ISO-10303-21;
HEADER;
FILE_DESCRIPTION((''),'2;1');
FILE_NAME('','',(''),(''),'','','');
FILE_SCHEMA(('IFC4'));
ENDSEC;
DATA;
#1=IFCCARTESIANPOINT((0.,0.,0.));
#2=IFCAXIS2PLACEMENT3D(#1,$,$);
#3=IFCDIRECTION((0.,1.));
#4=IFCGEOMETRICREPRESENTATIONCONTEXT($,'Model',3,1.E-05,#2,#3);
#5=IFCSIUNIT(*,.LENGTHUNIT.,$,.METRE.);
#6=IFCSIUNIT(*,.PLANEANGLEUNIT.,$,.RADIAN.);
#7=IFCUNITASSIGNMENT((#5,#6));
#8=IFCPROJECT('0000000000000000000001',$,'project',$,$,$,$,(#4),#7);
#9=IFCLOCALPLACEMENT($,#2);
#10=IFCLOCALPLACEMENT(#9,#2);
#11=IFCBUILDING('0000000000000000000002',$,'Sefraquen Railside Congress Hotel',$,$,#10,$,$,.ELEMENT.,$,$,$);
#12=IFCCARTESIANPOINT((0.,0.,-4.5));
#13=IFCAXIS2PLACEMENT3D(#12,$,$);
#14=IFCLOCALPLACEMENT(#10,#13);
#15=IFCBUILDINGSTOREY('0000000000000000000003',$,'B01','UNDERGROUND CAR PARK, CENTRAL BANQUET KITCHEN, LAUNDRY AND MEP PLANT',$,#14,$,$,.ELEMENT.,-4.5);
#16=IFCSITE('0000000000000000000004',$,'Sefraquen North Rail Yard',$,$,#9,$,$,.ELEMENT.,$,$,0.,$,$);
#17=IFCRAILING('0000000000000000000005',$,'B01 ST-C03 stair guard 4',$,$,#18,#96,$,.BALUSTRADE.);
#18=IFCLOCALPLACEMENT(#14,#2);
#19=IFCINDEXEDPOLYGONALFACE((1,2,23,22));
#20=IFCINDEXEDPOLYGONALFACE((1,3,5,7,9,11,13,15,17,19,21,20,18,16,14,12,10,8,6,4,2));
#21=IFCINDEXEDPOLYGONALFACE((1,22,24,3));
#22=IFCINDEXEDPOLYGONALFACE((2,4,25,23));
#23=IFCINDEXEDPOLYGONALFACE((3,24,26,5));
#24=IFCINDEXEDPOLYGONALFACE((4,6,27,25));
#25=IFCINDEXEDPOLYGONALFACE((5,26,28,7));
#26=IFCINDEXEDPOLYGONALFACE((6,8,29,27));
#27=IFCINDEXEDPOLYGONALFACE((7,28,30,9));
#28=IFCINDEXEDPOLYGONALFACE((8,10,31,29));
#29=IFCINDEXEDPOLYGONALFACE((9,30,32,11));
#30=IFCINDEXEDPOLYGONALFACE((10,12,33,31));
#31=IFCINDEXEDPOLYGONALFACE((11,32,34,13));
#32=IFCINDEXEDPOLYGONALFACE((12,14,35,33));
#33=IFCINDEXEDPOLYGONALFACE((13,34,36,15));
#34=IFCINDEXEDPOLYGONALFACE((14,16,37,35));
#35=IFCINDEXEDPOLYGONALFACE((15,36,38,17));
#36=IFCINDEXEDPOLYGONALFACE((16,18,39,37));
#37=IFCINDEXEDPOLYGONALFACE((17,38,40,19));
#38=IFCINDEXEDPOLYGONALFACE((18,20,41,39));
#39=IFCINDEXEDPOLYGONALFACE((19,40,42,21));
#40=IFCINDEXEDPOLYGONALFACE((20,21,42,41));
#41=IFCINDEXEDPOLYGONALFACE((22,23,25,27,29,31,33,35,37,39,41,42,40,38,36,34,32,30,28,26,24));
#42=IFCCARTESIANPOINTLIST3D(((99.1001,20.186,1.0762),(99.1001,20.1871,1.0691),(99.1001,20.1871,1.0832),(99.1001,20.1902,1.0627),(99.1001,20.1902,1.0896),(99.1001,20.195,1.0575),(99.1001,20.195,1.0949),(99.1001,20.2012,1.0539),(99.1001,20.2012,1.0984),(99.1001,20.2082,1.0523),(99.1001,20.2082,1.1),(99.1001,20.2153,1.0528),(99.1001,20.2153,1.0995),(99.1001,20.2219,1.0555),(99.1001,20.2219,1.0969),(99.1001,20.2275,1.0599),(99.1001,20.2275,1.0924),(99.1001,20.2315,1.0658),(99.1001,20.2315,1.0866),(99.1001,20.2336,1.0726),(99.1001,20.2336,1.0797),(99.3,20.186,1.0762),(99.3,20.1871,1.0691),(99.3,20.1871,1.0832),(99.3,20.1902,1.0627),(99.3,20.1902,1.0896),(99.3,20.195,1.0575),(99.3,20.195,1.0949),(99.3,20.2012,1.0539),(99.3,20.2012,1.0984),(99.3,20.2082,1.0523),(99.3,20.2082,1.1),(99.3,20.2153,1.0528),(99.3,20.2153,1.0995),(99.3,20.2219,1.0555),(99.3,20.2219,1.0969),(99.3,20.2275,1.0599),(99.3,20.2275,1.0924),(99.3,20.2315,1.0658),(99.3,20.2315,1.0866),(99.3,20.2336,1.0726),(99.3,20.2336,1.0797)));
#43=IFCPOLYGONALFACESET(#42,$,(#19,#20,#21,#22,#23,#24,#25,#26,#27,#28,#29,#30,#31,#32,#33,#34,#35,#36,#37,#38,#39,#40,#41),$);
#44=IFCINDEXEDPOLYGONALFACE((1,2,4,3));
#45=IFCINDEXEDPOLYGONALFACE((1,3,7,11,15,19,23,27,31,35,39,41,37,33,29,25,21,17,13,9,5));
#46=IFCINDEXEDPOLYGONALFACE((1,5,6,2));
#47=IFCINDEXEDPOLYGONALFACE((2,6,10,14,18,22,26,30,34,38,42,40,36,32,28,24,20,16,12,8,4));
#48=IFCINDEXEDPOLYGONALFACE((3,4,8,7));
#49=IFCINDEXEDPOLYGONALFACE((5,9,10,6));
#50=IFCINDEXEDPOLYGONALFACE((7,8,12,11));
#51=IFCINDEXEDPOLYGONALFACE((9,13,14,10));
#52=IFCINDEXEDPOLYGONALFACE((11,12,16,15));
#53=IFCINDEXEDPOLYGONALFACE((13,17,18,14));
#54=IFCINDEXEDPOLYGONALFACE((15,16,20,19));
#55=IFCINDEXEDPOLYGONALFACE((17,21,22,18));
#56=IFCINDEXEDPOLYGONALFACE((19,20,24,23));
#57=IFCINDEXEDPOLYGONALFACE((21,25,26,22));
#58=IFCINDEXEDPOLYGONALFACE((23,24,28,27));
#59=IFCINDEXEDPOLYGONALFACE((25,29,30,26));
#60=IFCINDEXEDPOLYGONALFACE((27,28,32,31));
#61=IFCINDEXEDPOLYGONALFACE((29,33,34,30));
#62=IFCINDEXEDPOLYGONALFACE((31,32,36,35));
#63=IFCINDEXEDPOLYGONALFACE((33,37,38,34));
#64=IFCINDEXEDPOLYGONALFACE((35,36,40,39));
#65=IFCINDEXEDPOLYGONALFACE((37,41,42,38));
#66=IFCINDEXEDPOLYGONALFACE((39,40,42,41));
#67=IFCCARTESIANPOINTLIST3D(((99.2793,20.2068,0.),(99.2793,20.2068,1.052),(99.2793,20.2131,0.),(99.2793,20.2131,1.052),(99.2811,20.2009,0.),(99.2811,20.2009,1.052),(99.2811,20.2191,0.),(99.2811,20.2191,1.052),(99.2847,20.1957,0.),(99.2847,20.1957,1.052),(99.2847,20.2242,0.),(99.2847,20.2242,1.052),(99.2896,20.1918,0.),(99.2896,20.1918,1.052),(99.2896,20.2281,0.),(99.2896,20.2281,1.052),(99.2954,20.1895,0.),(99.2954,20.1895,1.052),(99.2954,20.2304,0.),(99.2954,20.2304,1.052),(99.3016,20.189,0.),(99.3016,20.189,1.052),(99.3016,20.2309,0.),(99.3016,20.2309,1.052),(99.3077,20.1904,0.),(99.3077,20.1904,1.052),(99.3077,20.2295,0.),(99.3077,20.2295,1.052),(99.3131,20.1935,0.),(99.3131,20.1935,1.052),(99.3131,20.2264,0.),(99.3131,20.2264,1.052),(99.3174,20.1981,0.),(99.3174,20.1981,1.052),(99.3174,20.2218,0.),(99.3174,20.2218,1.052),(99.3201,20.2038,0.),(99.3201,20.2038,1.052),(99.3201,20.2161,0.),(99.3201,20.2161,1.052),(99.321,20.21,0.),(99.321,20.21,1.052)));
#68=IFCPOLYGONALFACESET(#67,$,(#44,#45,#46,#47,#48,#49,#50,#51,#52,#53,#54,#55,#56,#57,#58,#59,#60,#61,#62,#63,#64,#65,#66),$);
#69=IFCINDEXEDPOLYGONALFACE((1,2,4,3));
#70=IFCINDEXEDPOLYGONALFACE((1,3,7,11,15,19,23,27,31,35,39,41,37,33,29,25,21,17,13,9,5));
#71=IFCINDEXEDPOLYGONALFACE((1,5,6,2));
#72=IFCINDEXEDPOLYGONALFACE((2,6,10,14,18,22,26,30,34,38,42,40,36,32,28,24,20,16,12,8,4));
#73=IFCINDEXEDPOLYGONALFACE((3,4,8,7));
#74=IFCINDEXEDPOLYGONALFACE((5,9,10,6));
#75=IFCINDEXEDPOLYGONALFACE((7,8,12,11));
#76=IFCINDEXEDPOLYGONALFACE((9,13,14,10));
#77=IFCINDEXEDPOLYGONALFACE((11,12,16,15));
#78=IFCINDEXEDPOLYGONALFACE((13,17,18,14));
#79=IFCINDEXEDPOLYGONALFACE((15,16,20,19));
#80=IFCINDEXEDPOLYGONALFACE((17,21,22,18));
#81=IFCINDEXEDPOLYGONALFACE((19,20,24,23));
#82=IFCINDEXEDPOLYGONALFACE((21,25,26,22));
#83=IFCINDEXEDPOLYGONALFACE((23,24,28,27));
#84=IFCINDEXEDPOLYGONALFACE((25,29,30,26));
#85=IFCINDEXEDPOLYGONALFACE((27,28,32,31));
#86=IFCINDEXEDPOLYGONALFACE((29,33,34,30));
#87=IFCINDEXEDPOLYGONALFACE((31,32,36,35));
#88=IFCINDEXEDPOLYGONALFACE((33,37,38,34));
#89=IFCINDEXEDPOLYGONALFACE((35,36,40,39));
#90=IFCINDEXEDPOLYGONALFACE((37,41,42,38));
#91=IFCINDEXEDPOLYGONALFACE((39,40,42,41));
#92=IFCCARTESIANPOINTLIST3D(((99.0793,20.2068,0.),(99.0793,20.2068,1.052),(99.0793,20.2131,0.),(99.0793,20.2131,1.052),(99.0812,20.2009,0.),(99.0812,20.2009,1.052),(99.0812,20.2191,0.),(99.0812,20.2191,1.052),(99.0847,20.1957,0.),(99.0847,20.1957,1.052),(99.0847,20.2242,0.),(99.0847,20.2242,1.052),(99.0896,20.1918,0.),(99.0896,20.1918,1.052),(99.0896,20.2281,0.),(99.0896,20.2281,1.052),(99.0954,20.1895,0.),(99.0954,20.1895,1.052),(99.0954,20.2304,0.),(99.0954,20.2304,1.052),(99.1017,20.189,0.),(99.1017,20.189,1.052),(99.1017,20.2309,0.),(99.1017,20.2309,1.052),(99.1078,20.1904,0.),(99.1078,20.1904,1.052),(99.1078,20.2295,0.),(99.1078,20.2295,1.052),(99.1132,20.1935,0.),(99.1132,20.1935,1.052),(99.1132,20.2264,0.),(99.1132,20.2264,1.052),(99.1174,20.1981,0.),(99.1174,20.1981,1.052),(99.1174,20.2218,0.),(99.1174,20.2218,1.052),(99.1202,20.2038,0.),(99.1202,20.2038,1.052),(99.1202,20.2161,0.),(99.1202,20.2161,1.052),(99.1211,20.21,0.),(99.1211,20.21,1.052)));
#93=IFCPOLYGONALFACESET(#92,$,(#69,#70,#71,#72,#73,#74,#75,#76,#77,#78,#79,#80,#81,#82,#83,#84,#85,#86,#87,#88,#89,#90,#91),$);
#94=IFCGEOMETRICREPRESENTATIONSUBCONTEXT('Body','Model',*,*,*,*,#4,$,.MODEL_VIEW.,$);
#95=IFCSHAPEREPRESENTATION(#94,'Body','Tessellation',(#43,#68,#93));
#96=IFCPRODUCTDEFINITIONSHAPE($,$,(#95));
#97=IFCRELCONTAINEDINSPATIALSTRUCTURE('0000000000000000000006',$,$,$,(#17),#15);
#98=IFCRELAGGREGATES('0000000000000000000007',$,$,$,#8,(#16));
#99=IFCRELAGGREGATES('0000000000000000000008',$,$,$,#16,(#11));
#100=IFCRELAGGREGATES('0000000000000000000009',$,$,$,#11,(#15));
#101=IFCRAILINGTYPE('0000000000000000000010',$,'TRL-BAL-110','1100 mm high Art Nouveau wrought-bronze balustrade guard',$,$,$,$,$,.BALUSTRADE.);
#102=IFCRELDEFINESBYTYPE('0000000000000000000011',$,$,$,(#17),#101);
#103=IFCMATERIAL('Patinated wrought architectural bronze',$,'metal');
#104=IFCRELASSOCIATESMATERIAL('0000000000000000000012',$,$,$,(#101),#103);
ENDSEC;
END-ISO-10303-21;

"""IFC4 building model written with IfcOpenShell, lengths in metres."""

from ifc_helpers import new_model, si_unit, direction, frame, origin, origin_2d, place, context, subcontext, project, spatial, circle, extrude, material, type_object, element, save


model = new_model("IFC4")

# Units and contexts
model_context = context("Model", 3, precision=1e-05, world=origin(), true_north=direction((0.0, 1.0)))
body_context = subcontext(model_context, "Body", "Model", "MODEL_VIEW")
ifc_project = project(units=[si_unit("LENGTHUNIT", "METRE"), si_unit("PLANEANGLEUNIT", "RADIAN")], contexts=[model_context])

# Site, building, storey
site_placement = place(None, origin())
site = spatial("IfcSite", under=ifc_project, at=site_placement, Name="Sefraquen North Rail Yard", CompositionType="ELEMENT", RefElevation=0.0)
building_placement = place(site_placement, origin())
building = spatial("IfcBuilding", under=site, at=building_placement, Name="Sefraquen Railside Congress Hotel", CompositionType="ELEMENT")
storey_placement = place(building_placement, frame((0.0, 0.0, -4.5)))
storey = spatial("IfcBuildingStorey", under=building, at=storey_placement, Name="B01", Description="UNDERGROUND CAR PARK, CENTRAL BANQUET KITCHEN, LAUNDRY AND MEP PLANT", CompositionType="ELEMENT", Elevation=-4.5)

# Railing
ifc_material_1 = material(Name="Patinated wrought architectural bronze", Category="metal")
railing_type_1 = type_object("IfcRailingType", Name="TRL-BAL-110", Description="1100 mm high Art Nouveau wrought-bronze balustrade guard", PredefinedType="BALUSTRADE", material=ifc_material_1)
railing_1_placement = place(storey_placement, frame((99.3, 20.21, 0.0)))
element("IfcRailing", 1, at=railing_1_placement, inside=storey, type_object=railing_type_1, Name="B01 ST-C03 stair guard 4", PredefinedType="BALUSTRADE", context=body_context, shape_type="SweptSolid", body=[
    extrude(circle(Radius=0.0239, at=origin_2d()), frame((0.0, 0.0, 1.0762), z_axis=(-1.0, 0.0, 0.0), x_axis=(0.0, -1.0, 0.0)), (0.0, 0.0, 1.0), 0.2),
    extrude(circle(Radius=0.021, at=origin_2d()), origin(), (0.0, 0.0, 1.0), 1.052),
    extrude(circle(Radius=0.021, at=origin_2d()), frame((-0.2, 0.0, 0.0)), (0.0, 0.0, 1.0), 1.052),
])

save(model, "model.ifc")
